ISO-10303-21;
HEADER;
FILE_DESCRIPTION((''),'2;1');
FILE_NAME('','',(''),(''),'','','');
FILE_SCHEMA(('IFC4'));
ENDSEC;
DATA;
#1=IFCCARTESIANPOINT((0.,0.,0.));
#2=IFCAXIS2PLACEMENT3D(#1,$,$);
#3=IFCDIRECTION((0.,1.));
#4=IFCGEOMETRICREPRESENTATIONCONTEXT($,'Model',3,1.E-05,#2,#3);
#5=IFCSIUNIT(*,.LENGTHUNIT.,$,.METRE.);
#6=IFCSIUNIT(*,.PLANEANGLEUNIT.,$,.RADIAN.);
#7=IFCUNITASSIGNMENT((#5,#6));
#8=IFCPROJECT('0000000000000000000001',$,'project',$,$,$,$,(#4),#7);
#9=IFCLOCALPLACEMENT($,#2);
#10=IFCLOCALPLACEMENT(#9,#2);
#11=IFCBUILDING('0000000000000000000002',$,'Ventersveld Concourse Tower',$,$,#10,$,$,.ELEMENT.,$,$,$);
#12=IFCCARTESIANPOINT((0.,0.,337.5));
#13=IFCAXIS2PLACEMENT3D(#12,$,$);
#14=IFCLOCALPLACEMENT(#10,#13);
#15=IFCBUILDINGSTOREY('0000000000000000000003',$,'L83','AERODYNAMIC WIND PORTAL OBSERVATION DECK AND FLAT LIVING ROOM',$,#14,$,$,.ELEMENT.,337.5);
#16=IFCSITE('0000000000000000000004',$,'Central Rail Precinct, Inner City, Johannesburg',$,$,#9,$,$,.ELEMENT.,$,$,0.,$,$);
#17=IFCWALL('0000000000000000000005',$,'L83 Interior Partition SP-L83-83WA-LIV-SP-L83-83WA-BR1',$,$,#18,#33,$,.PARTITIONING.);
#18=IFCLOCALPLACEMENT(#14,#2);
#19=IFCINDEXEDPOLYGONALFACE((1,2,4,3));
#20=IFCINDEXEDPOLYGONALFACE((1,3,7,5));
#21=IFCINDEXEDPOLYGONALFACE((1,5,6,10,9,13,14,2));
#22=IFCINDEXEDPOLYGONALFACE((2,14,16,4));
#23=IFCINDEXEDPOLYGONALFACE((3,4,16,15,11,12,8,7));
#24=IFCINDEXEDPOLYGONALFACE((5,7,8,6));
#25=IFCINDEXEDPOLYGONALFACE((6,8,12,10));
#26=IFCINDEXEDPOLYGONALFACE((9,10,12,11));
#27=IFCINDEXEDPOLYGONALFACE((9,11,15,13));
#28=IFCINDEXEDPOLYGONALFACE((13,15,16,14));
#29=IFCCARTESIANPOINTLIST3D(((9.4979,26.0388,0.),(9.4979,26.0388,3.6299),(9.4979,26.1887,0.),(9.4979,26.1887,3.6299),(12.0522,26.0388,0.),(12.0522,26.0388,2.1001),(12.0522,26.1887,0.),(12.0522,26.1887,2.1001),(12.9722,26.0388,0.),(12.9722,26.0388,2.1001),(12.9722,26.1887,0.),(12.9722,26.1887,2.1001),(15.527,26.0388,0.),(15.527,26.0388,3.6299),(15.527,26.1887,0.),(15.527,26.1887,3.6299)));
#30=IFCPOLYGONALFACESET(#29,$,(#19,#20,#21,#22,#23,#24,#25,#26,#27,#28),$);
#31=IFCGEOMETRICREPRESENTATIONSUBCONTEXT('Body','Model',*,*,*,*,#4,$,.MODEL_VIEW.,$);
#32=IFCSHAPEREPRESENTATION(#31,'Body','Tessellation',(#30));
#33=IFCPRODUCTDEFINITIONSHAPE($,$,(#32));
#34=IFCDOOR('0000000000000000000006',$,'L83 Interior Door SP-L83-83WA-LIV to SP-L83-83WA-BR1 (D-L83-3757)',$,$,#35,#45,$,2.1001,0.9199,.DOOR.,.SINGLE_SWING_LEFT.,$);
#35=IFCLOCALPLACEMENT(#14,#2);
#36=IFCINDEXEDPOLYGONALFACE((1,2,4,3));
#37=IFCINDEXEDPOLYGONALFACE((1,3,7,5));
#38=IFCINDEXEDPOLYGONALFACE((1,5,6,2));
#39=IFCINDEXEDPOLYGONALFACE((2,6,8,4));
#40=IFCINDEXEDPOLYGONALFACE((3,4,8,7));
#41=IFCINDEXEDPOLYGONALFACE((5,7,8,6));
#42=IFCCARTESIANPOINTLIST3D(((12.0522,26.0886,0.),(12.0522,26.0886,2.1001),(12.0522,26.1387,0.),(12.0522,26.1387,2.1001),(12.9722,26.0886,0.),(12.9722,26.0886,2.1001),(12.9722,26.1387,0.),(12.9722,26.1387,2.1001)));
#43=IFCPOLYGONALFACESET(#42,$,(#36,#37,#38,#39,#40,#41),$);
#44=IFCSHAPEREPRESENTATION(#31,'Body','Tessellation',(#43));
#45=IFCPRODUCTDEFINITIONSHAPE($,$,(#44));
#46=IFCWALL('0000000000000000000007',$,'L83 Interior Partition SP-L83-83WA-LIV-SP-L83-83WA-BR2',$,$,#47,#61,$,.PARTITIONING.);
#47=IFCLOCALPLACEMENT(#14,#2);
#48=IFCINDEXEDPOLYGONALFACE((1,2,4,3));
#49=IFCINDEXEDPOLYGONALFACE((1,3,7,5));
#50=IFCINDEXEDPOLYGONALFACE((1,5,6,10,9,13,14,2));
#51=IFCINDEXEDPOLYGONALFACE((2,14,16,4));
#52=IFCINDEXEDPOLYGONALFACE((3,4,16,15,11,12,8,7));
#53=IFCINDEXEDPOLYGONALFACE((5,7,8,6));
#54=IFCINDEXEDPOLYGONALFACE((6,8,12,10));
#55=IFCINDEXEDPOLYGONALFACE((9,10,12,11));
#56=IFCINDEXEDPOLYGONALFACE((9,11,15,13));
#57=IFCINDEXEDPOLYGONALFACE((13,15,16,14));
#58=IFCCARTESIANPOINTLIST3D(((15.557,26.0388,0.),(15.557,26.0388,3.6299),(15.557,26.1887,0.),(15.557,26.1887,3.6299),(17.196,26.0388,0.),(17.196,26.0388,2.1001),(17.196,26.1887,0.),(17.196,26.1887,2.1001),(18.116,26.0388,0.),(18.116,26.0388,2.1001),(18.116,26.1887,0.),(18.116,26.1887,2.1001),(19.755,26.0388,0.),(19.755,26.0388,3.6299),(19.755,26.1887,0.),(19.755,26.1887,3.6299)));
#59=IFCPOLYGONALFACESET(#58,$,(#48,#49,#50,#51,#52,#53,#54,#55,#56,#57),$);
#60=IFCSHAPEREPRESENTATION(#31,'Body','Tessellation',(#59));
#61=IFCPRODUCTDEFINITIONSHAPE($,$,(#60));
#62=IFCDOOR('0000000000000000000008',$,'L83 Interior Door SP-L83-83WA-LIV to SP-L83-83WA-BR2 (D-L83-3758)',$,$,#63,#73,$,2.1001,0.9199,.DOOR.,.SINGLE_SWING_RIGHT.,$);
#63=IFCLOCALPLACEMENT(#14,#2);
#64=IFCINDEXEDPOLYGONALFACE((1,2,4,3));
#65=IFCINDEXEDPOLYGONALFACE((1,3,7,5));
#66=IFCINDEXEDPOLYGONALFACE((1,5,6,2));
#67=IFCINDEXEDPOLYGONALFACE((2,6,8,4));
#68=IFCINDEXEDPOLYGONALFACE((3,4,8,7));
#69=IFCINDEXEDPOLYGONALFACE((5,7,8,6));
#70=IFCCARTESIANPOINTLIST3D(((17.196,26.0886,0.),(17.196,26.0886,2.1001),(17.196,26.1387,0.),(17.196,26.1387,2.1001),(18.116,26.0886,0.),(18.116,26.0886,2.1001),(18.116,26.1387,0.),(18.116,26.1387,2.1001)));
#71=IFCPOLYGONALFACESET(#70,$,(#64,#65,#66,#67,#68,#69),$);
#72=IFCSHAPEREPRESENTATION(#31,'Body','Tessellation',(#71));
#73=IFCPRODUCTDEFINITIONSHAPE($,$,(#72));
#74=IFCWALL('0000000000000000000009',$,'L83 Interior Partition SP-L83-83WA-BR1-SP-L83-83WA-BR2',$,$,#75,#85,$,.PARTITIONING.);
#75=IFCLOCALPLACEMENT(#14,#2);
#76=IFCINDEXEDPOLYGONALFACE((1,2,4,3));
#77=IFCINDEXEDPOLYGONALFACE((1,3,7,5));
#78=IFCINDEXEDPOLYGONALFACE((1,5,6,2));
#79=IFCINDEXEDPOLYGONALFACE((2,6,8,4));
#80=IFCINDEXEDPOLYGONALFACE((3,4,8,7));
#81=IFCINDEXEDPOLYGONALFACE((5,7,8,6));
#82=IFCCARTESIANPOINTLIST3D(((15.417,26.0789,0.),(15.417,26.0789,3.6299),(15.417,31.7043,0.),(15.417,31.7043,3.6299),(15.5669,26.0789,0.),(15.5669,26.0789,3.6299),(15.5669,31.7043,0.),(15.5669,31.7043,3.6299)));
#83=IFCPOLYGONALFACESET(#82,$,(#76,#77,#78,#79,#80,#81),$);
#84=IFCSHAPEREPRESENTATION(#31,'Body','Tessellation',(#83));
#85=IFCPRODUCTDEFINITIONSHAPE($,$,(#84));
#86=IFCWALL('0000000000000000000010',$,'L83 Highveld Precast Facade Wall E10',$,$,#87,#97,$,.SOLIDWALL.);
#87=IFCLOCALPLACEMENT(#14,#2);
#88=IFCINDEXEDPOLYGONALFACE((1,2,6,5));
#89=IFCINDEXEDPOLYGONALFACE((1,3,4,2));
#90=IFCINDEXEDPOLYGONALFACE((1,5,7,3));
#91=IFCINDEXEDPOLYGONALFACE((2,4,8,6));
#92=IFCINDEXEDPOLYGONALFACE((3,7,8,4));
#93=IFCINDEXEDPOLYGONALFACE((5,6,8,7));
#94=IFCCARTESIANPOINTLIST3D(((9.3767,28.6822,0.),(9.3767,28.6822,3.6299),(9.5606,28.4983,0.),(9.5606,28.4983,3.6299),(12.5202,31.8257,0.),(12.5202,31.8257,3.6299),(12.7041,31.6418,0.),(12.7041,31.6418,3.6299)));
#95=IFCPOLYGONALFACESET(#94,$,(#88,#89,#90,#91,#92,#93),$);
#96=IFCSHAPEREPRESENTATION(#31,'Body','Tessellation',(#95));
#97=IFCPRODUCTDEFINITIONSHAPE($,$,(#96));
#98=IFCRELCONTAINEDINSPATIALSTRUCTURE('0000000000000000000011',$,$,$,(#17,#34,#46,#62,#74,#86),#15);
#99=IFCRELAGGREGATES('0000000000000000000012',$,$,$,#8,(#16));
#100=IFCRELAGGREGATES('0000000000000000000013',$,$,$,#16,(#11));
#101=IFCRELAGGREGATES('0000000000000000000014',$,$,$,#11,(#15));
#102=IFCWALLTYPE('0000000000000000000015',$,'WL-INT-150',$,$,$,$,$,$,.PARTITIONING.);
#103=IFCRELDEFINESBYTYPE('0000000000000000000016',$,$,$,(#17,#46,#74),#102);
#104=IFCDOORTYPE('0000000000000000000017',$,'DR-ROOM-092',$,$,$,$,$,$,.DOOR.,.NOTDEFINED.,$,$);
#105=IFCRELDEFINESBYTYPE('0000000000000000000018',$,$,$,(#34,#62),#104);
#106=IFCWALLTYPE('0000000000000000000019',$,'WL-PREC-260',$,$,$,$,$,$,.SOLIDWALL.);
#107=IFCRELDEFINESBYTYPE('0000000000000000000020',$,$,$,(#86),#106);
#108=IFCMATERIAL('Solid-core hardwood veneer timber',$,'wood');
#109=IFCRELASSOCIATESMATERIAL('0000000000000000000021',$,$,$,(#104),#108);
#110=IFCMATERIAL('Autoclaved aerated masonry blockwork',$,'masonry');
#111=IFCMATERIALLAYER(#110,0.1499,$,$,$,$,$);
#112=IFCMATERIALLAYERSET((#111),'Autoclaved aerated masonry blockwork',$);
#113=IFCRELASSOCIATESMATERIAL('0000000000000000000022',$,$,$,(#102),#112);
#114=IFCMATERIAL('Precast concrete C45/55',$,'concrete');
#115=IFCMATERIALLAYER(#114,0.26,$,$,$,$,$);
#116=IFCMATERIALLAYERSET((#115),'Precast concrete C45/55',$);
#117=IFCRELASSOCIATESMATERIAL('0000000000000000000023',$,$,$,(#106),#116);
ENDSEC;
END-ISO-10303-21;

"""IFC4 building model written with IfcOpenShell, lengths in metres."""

from ifc_helpers import new_model, si_unit, direction, frame, frame_2d, origin, place, context, subcontext, project, spatial, rectangle, extrude, material, layer, layer_set, type_object, element, fill, save


model = new_model("IFC4")

# Units and contexts
model_context = context("Model", 3, precision=1e-05, world=origin(), true_north=direction((0.0, 1.0)))
body_context = subcontext(model_context, "Body", "Model", "MODEL_VIEW")
ifc_project = project(units=[si_unit("LENGTHUNIT", "METRE"), si_unit("PLANEANGLEUNIT", "RADIAN")], contexts=[model_context])

# Site, building, storey
site_placement = place(None, origin())
site = spatial("IfcSite", under=ifc_project, at=site_placement, Name="Central Rail Precinct, Inner City, Johannesburg", CompositionType="ELEMENT", RefElevation=0.0)
building_placement = place(site_placement, origin())
building = spatial("IfcBuilding", under=site, at=building_placement, Name="Ventersveld Concourse Tower", CompositionType="ELEMENT")
storey_placement = place(building_placement, frame((0.0, 0.0, 337.5)))
storey = spatial("IfcBuildingStorey", under=building, at=storey_placement, Name="L83", Description="AERODYNAMIC WIND PORTAL OBSERVATION DECK AND FLAT LIVING ROOM", CompositionType="ELEMENT", Elevation=337.5)

# Shared definitions
ifc_material_1 = material(Name="Solid-core hardwood veneer timber", Category="wood")
door_type = type_object("IfcDoorType", Name="DR-ROOM-092", OperationType="NOTDEFINED", PredefinedType="DOOR", material=ifc_material_1)

# Shared definitions
ifc_material_2 = material(Name="Autoclaved aerated masonry blockwork", Category="masonry")
ifc_layer_1 = layer(ifc_material_2, 0.1499)
ifc_layer_set_1 = layer_set([ifc_layer_1], Name="Autoclaved aerated masonry blockwork")
wall_type_1 = type_object("IfcWallType", Name="WL-INT-150", PredefinedType="PARTITIONING", material=ifc_layer_set_1)

# Walls, openings, doors
wall_1_placement = place(storey_placement, frame((9.4978, 26.1138, 0.0), z_axis=(0.0, 0.0, 1.0), x_axis=(1.0, 0.0, 0.0)))
wall_1 = element("IfcWall", 1, at=wall_1_placement, inside=storey, type_object=wall_type_1, Name="L83 Interior Partition SP-L83-83WA-LIV-SP-L83-83WA-BR1", PredefinedType="PARTITIONING", context=body_context, shape_type="SweptSolid", body=[
    extrude(rectangle(XDim=6.0291, YDim=0.1499, at=frame_2d((3.0146, 0.0))), origin(), (0.0, 0.0, 1.0), 3.6299),
])
opening_1_placement = place(wall_1_placement, frame((2.5544, 0.0, 0.0)))
opening_1 = element("IfcOpeningElement", 2, at=opening_1_placement, cuts=wall_1, PredefinedType="OPENING", context=body_context, shape_type="SweptSolid", body=[
    extrude(rectangle(XDim=0.9199, YDim=2.1001, at=frame_2d((0.46, 1.05))), frame((0.0, 0.085, 0.0), z_axis=(0.0, -1.0, 0.0), x_axis=(1.0, 0.0, 0.0)), (0.0, 0.0, 1.0), 0.1699),
])
door_1_placement = place(opening_1_placement, origin())
door_1 = element("IfcDoor", 3, at=door_1_placement, inside=storey, type_object=door_type, Name="L83 Interior Door SP-L83-83WA-LIV to SP-L83-83WA-BR1 (D-L83-3757)", OperationType="SINGLE_SWING_LEFT", OverallHeight=2.1001, OverallWidth=0.9199, PredefinedType="DOOR", context=body_context, shape_type="SweptSolid", body=[
    extrude(rectangle(XDim=0.9199, YDim=2.1001, at=frame_2d((0.46, 1.05))), frame((0.0, 0.0249, 0.0), z_axis=(0.0, -1.0, 0.0), x_axis=(1.0, 0.0, 0.0)), (0.0, 0.0, 1.0), 0.05),
])
fill(opening_1, door_1)
wall_2_placement = place(storey_placement, frame((15.5569, 26.1138, 0.0), z_axis=(0.0, 0.0, 1.0), x_axis=(1.0, 0.0, 0.0)))
wall_2 = element("IfcWall", 4, at=wall_2_placement, inside=storey, type_object=wall_type_1, Name="L83 Interior Partition SP-L83-83WA-LIV-SP-L83-83WA-BR2", PredefinedType="PARTITIONING", context=body_context, shape_type="SweptSolid", body=[
    extrude(rectangle(XDim=4.198, YDim=0.1499, at=frame_2d((2.0991, 0.0))), origin(), (0.0, 0.0, 1.0), 3.6299),
])
opening_2_placement = place(wall_2_placement, frame((1.6392, 0.0, 0.0)))
opening_2 = element("IfcOpeningElement", 5, at=opening_2_placement, cuts=wall_2, PredefinedType="OPENING", context=body_context, shape_type="SweptSolid", body=[
    extrude(rectangle(XDim=0.9199, YDim=2.1001, at=frame_2d((0.46, 1.05))), frame((0.0, 0.085, 0.0), z_axis=(0.0, -1.0, 0.0), x_axis=(1.0, 0.0, 0.0)), (0.0, 0.0, 1.0), 0.1699),
])
door_2_placement = place(opening_2_placement, origin())
door_2 = element("IfcDoor", 6, at=door_2_placement, inside=storey, type_object=door_type, Name="L83 Interior Door SP-L83-83WA-LIV to SP-L83-83WA-BR2 (D-L83-3758)", OperationType="SINGLE_SWING_RIGHT", OverallHeight=2.1001, OverallWidth=0.9199, PredefinedType="DOOR", context=body_context, shape_type="SweptSolid", body=[
    extrude(rectangle(XDim=0.9199, YDim=2.1001, at=frame_2d((0.46, 1.05))), frame((0.0, 0.0249, 0.0), z_axis=(0.0, -1.0, 0.0), x_axis=(1.0, 0.0, 0.0)), (0.0, 0.0, 1.0), 0.05),
])
fill(opening_2, door_2)

# Walls
wall_3_placement = place(storey_placement, frame((15.4919, 26.0789, 0.0), z_axis=(0.0, 0.0, 1.0), x_axis=(0.0, 1.0, 0.0)))
element("IfcWall", 7, at=wall_3_placement, inside=storey, type_object=wall_type_1, Name="L83 Interior Partition SP-L83-83WA-BR1-SP-L83-83WA-BR2", PredefinedType="PARTITIONING", context=body_context, shape_type="SweptSolid", body=[
    extrude(rectangle(XDim=5.6255, YDim=0.1499, at=frame_2d((2.8127, 0.0))), origin(), (0.0, 0.0, 1.0), 3.6299),
])
ifc_material_3 = material(Name="Precast concrete C45/55", Category="concrete")
ifc_layer_2 = layer(ifc_material_3, 0.26)
ifc_layer_set_2 = layer_set([ifc_layer_2], Name="Precast concrete C45/55")
wall_type_2 = type_object("IfcWallType", Name="WL-PREC-260", PredefinedType="SOLIDWALL", material=ifc_layer_set_2)
wall_4_placement = place(storey_placement, frame((12.6121, 31.7336, 0.0), z_axis=(0.0, 0.0, 1.0), x_axis=(-0.707107, -0.707107, 0.0)))
element("IfcWall", 8, at=wall_4_placement, inside=storey, type_object=wall_type_2, Name="L83 Highveld Precast Facade Wall E10", PredefinedType="SOLIDWALL", context=body_context, shape_type="SweptSolid", body=[
    extrude(rectangle(XDim=4.4456, YDim=0.26, at=frame_2d((2.2227, 0.0))), origin(), (0.0, 0.0, 1.0), 3.6299),
])

save(model, "model.ifc")
